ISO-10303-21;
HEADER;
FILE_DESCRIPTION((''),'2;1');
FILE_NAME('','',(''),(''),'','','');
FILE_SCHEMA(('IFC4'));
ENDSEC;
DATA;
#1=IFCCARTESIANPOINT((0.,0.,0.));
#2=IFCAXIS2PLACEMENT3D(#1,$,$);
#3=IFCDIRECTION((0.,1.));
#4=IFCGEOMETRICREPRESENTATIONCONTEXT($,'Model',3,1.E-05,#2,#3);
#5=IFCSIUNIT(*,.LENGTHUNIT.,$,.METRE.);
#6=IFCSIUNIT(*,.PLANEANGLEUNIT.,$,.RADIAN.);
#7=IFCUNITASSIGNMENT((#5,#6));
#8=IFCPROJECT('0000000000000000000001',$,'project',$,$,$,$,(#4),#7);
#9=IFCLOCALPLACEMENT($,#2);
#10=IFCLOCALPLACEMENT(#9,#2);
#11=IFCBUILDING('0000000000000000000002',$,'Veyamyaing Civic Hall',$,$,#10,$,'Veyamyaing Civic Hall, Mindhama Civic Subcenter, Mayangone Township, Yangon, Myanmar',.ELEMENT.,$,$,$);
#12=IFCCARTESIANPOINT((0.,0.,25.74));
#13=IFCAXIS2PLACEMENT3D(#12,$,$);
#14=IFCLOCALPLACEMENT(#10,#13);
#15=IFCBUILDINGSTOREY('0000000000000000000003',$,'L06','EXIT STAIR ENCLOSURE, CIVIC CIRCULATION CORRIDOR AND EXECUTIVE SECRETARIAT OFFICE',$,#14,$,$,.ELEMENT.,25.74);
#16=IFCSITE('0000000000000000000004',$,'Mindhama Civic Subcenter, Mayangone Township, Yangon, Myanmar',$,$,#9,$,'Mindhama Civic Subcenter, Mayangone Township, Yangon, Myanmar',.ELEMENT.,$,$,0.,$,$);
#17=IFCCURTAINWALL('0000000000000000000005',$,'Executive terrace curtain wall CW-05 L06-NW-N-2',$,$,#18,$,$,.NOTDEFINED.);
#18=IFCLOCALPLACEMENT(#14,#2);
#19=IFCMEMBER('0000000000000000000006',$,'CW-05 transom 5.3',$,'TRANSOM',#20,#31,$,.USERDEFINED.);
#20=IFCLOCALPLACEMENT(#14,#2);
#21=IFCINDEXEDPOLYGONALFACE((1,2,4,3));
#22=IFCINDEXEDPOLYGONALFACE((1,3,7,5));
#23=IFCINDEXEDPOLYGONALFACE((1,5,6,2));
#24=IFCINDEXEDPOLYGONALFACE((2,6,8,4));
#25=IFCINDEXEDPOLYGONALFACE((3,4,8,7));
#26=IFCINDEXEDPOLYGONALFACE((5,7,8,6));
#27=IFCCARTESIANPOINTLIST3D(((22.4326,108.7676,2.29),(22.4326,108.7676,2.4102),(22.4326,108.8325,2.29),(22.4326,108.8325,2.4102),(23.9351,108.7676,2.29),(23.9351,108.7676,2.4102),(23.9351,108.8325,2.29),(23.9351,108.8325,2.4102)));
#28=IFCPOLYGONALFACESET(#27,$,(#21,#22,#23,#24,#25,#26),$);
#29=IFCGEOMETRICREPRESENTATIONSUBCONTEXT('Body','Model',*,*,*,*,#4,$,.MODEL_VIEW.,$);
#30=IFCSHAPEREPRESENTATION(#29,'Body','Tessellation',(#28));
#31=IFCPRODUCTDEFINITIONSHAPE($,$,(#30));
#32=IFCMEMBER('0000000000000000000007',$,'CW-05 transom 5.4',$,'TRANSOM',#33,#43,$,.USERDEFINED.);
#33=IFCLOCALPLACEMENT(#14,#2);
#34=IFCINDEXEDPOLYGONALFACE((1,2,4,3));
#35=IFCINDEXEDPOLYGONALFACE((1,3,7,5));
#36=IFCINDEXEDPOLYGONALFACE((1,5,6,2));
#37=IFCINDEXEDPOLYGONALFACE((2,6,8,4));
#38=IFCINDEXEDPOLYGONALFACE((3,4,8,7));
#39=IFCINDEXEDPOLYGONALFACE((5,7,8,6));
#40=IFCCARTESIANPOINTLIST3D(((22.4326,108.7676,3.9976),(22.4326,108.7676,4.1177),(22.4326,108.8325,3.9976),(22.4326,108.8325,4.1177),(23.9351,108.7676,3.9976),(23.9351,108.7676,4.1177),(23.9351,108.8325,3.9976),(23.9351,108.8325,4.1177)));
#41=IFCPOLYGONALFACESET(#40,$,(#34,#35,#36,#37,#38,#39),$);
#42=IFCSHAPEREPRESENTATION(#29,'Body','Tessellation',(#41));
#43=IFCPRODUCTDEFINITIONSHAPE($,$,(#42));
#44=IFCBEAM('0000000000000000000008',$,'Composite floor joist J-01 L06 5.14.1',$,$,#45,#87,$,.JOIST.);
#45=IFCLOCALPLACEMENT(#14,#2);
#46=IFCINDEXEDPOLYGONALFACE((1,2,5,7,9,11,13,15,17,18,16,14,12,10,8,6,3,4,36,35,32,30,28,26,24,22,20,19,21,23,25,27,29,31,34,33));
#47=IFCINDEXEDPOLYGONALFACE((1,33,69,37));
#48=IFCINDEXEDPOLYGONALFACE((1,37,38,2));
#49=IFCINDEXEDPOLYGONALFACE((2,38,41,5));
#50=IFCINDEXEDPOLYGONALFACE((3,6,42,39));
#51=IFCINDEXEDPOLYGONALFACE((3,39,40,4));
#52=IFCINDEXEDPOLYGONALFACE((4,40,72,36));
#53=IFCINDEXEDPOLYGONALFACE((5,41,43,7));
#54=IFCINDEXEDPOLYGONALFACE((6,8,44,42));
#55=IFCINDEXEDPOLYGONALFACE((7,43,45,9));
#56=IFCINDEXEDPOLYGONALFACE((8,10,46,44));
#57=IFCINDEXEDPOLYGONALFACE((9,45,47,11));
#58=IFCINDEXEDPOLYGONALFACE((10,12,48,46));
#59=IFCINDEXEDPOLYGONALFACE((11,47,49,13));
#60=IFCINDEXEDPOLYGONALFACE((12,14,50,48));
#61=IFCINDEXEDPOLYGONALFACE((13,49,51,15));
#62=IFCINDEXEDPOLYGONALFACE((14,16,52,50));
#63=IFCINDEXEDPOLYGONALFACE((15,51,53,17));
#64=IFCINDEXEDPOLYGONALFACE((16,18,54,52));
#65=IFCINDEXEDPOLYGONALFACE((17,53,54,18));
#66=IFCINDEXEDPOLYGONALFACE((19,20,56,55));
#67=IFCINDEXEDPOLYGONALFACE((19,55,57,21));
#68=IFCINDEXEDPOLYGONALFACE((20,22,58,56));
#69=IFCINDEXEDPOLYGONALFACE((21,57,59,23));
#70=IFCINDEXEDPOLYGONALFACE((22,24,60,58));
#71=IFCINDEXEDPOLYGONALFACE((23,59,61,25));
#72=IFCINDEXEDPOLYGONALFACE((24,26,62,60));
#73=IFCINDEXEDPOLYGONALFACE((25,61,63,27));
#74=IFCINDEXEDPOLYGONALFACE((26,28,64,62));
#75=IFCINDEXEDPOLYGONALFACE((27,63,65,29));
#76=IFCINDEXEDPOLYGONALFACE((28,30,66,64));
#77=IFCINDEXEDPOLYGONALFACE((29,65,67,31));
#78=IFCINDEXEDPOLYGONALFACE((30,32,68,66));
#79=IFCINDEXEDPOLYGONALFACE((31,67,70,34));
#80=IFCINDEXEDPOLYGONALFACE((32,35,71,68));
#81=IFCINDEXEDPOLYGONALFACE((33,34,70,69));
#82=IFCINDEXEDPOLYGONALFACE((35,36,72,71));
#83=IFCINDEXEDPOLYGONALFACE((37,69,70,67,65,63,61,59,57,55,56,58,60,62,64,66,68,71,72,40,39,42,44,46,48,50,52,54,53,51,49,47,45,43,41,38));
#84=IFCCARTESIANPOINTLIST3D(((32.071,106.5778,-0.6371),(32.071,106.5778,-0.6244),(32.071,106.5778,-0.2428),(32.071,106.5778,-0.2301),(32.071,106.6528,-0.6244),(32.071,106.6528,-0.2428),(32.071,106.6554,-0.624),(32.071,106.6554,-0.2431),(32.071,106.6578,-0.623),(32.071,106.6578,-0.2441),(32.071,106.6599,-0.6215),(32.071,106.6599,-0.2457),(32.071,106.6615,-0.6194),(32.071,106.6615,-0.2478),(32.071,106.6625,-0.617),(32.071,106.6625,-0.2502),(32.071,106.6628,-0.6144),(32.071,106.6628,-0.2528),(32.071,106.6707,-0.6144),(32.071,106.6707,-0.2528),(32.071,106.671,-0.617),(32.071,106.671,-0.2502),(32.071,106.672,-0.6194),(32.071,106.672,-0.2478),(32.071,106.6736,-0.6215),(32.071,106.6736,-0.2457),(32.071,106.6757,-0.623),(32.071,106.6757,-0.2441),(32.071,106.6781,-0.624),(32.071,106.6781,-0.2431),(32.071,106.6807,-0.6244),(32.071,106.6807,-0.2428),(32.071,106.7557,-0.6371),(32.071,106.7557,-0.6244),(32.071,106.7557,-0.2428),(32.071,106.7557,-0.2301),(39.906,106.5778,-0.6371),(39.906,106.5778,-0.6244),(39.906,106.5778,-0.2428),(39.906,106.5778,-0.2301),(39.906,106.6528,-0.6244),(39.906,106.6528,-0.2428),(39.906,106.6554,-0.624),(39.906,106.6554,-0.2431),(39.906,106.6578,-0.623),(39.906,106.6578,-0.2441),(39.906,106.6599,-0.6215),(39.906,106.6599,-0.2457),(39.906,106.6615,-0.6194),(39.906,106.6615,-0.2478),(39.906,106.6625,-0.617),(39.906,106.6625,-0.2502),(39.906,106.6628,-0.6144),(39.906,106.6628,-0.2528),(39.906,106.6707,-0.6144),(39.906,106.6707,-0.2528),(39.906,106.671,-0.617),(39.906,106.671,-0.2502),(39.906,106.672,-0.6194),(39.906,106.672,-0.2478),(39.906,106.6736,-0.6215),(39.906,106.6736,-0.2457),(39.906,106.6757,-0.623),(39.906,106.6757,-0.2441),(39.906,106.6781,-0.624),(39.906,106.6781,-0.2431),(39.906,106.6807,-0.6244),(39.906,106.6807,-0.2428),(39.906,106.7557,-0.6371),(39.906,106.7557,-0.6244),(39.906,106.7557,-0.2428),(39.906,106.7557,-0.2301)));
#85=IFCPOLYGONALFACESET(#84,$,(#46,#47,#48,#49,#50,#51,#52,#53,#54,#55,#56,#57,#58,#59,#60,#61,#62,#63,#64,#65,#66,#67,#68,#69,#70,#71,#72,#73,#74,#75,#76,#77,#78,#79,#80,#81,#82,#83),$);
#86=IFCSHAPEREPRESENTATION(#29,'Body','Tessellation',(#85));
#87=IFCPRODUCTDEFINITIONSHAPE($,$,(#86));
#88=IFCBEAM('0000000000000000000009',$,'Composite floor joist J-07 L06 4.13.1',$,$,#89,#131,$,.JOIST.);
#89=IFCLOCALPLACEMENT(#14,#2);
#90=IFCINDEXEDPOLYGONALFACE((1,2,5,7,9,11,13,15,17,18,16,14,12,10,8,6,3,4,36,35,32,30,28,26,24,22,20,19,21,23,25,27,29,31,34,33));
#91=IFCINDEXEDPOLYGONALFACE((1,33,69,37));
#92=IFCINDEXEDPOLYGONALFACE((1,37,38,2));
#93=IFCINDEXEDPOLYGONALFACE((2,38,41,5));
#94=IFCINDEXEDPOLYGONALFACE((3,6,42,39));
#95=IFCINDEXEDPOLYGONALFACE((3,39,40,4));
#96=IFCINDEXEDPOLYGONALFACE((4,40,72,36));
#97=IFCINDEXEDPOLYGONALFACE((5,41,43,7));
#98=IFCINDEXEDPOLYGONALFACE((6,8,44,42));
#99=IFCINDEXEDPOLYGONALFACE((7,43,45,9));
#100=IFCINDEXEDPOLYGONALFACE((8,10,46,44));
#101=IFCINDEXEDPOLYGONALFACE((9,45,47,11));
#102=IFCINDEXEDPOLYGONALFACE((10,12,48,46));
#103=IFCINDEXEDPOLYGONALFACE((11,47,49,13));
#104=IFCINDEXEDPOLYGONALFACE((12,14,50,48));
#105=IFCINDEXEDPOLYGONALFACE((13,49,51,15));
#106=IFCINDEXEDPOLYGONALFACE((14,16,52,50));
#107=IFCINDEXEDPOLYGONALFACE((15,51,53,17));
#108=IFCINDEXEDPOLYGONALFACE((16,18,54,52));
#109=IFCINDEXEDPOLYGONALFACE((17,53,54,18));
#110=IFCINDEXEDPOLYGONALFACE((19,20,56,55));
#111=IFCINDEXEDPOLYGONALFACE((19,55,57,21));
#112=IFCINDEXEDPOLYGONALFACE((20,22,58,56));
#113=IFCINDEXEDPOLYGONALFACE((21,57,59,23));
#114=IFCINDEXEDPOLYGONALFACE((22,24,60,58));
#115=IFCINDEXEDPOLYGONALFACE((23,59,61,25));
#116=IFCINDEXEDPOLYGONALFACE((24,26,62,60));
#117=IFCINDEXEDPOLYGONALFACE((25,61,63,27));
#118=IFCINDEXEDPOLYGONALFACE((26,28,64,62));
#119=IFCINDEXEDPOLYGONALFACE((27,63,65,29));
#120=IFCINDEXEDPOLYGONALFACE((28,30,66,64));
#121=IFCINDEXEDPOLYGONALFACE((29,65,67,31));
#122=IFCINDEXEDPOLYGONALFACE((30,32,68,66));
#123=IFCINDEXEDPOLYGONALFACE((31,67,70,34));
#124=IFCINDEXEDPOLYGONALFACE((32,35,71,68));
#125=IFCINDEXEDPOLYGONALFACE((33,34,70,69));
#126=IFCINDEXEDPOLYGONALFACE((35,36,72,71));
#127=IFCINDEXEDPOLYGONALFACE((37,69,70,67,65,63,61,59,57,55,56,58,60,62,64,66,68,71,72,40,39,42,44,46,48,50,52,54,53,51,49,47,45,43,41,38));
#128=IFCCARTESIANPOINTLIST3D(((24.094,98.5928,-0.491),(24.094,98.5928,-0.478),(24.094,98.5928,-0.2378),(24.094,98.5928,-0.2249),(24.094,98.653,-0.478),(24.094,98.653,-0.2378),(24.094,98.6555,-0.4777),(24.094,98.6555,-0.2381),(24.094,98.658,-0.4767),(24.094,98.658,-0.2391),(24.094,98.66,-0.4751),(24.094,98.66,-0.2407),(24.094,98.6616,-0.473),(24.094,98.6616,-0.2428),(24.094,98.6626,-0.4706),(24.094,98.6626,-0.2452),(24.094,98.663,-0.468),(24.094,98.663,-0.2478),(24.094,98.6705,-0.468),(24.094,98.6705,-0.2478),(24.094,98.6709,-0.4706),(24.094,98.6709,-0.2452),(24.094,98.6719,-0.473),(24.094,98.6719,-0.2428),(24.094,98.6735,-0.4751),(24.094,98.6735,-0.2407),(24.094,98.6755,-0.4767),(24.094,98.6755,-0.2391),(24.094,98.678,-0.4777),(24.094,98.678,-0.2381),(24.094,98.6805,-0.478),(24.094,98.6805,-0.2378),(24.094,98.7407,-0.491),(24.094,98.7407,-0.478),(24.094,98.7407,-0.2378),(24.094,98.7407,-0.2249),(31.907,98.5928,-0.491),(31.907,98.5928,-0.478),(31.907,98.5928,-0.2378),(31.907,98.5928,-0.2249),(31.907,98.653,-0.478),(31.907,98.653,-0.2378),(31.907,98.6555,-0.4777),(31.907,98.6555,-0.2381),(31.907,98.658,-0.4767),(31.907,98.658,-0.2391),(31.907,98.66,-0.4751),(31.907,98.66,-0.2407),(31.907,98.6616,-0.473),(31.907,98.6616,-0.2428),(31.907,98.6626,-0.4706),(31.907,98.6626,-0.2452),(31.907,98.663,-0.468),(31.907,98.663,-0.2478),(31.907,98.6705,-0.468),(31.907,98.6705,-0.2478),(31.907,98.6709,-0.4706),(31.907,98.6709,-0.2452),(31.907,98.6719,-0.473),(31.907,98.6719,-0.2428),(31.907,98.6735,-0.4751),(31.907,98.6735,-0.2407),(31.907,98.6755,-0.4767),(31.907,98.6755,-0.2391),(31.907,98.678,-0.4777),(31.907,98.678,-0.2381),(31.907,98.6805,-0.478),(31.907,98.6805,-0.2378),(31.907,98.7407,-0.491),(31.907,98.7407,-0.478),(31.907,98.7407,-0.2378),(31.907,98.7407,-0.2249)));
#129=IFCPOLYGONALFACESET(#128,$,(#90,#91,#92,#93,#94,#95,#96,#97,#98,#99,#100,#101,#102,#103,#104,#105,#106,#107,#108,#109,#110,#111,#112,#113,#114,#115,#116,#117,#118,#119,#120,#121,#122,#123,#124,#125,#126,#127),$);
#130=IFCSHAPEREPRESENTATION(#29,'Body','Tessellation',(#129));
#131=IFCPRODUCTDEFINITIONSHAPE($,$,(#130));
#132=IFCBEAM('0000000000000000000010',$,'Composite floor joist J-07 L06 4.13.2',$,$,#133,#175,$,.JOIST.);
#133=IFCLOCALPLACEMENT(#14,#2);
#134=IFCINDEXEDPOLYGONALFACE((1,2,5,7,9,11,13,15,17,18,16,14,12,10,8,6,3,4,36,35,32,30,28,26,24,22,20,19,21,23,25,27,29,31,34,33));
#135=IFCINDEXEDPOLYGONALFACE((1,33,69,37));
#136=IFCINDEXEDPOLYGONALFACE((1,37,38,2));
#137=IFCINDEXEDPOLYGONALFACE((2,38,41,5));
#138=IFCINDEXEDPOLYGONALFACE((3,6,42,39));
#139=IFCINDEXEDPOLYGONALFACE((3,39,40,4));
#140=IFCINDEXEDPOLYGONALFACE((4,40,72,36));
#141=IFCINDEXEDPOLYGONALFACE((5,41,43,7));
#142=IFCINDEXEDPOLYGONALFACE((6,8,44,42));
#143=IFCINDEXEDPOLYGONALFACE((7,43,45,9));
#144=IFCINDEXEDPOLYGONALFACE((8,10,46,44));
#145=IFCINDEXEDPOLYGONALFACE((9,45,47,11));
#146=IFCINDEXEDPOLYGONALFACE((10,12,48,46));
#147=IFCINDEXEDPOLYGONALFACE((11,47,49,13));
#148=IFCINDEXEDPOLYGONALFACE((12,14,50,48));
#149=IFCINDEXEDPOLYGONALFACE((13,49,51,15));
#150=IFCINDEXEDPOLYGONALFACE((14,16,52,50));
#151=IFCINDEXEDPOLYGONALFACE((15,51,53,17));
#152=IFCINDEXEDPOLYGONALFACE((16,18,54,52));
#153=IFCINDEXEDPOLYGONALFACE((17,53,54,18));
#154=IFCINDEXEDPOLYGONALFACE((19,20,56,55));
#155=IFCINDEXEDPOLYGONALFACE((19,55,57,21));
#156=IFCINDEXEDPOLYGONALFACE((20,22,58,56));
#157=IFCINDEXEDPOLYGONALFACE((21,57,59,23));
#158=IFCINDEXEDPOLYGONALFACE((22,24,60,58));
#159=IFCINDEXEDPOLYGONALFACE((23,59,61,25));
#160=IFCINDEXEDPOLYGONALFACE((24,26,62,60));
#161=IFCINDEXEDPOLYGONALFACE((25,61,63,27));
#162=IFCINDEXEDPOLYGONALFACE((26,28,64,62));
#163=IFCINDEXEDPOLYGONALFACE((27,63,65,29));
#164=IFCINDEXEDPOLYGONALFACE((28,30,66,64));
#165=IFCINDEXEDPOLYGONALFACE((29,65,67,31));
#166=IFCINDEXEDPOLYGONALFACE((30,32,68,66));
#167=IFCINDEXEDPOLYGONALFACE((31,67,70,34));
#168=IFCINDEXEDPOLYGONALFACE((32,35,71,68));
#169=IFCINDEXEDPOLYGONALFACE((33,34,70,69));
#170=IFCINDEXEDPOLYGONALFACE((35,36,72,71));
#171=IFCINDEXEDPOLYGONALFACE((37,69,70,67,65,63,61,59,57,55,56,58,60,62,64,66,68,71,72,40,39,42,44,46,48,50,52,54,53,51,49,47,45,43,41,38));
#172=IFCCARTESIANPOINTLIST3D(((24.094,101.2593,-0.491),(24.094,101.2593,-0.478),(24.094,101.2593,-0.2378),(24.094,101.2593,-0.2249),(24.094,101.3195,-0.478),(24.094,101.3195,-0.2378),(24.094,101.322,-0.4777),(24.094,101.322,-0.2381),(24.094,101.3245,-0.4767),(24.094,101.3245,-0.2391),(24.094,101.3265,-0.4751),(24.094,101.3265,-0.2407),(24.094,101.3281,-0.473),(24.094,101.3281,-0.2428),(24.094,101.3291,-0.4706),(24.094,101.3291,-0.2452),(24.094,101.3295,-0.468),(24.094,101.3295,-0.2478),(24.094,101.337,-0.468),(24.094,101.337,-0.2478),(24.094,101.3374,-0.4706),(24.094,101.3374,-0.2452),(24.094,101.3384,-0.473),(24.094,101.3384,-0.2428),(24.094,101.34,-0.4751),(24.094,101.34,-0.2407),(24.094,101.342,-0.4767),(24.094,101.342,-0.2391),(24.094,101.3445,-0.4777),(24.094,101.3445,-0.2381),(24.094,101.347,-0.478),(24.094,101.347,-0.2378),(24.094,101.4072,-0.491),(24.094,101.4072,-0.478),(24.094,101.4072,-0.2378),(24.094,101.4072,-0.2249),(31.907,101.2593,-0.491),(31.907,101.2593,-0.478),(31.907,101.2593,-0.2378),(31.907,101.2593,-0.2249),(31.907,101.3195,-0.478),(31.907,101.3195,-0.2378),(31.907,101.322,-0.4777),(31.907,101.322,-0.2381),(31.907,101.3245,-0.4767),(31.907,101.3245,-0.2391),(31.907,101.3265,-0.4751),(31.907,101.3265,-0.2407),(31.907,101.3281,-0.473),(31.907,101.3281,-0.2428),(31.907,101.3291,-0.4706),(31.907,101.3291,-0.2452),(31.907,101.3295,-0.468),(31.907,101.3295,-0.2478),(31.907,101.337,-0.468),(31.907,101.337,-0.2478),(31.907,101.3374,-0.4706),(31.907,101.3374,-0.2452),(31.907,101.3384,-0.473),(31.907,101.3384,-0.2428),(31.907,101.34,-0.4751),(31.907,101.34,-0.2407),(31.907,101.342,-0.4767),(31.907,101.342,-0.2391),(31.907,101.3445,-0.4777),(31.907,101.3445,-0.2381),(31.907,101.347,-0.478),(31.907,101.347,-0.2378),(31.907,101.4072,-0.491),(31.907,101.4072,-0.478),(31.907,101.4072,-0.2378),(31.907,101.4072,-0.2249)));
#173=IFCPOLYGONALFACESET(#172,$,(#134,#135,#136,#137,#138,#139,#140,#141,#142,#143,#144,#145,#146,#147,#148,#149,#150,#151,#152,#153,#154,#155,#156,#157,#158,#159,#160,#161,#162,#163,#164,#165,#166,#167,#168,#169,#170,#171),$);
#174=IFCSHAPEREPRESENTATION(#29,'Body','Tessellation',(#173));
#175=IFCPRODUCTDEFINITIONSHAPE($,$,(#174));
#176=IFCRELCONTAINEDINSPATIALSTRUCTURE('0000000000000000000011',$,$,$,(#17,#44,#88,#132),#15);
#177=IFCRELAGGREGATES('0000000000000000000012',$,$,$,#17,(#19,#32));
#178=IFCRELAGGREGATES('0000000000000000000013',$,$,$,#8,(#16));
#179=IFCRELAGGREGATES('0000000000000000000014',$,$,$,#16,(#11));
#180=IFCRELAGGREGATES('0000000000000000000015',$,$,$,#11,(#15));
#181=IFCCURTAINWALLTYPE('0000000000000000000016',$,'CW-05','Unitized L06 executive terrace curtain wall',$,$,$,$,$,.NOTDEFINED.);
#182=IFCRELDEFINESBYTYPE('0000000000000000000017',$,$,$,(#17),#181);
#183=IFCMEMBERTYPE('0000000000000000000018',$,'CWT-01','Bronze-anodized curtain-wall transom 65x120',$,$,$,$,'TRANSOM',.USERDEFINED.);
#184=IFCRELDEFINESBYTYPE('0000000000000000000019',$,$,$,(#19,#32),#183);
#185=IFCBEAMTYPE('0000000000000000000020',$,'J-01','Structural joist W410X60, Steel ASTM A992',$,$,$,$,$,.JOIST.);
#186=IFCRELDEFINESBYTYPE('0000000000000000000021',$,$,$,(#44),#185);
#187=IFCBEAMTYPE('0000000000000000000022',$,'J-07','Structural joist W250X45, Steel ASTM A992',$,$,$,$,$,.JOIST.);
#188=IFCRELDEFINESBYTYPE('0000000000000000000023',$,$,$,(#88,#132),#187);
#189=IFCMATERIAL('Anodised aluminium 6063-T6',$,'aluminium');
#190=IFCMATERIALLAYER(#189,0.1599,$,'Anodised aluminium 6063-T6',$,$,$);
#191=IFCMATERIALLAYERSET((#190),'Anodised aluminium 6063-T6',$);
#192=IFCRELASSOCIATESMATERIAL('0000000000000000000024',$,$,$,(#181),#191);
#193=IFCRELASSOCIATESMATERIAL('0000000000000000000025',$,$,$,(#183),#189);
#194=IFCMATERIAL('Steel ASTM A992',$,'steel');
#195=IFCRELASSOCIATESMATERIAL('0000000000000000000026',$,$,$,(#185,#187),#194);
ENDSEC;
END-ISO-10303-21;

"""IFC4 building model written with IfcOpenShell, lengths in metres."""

from ifc_helpers import new_model, si_unit, direction, frame, origin, origin_2d, place, context, subcontext, project, spatial, rectangle, i_section, extrude, material, layer, layer_set, material_profile, profile_set, type_object, element, aggregate, save


model = new_model("IFC4")

# Units and contexts
model_context = context("Model", 3, precision=1e-05, world=origin(), true_north=direction((0.0, 1.0)))
body_context = subcontext(model_context, "Body", "Model", "MODEL_VIEW")
ifc_project = project(units=[si_unit("LENGTHUNIT", "METRE"), si_unit("PLANEANGLEUNIT", "RADIAN")], contexts=[model_context])

# Site, building, storey
site_placement = place(None, origin())
site = spatial("IfcSite", under=ifc_project, at=site_placement, Name="Mindhama Civic Subcenter, Mayangone Township, Yangon, Myanmar", LongName="Mindhama Civic Subcenter, Mayangone Township, Yangon, Myanmar", CompositionType="ELEMENT", RefElevation=0.0)
building_placement = place(site_placement, origin())
building = spatial("IfcBuilding", under=site, at=building_placement, Name="Veyamyaing Civic Hall", LongName="Veyamyaing Civic Hall, Mindhama Civic Subcenter, Mayangone Township, Yangon, Myanmar", CompositionType="ELEMENT")
storey_placement = place(building_placement, frame((0.0, 0.0, 25.74)))
storey = spatial("IfcBuildingStorey", under=building, at=storey_placement, Name="L06", Description="EXIT STAIR ENCLOSURE, CIVIC CIRCULATION CORRIDOR AND EXECUTIVE SECRETARIAT OFFICE", CompositionType="ELEMENT", Elevation=25.74)

# Shared definitions
ifc_material_1 = material(Name="Steel ASTM A992", Category="steel")

# Curtain wall, members
ifc_material_2 = material(Name="Anodised aluminium 6063-T6", Category="aluminium")
ifc_layer_1 = layer(ifc_material_2, 0.1599, Name="Anodised aluminium 6063-T6")
ifc_layer_set_1 = layer_set([ifc_layer_1], Name="Anodised aluminium 6063-T6")
curtain_wall_type = type_object("IfcCurtainWallType", Name="CW-05", Description="Unitized L06 executive terrace curtain wall", PredefinedType="NOTDEFINED", material=ifc_layer_set_1)
curtain_wall_placement = place(storey_placement, origin())
curtain_wall = element("IfcCurtainWall", 1, at=curtain_wall_placement, inside=storey, type_object=curtain_wall_type, Name="Executive terrace curtain wall CW-05 L06-NW-N-2", PredefinedType="NOTDEFINED")
ifc_material_profile_1 = material_profile(ifc_material_2, rectangle(XDim=0.0649, YDim=0.1201, at=origin_2d()), Name="ALU-TRN-65X120")
ifc_profile_set_1 = profile_set([ifc_material_profile_1], Name="Anodised aluminium 6063-T6")
member_type_1 = type_object("IfcMemberType", Name="CWT-01", Description="Bronze-anodized curtain-wall transom 65x120", ElementType="TRANSOM", PredefinedType="USERDEFINED", material=ifc_profile_set_1)
member_1_placement = place(storey_placement, frame((22.4326, 108.8, 2.3501), z_axis=(1.0, 0.0, 0.0), x_axis=(0.0, 1.0, 0.0)))
member_1 = element("IfcMember", 2, at=member_1_placement, type_object=member_type_1, Name="CW-05 transom 5.3", ObjectType="TRANSOM", PredefinedType="USERDEFINED", context=body_context, shape_type="SweptSolid", body=[
    extrude(rectangle(XDim=0.0649, YDim=0.1201, at=origin_2d()), origin(), (0.0, 0.0, 1.0), 1.5024),
])
member_2_placement = place(storey_placement, frame((22.4326, 108.8, 4.0576), z_axis=(1.0, 0.0, 0.0), x_axis=(0.0, 1.0, 0.0)))
member_2 = element("IfcMember", 3, at=member_2_placement, type_object=member_type_1, Name="CW-05 transom 5.4", ObjectType="TRANSOM", PredefinedType="USERDEFINED", context=body_context, shape_type="SweptSolid", body=[
    extrude(rectangle(XDim=0.0649, YDim=0.1201, at=origin_2d()), origin(), (0.0, 0.0, 1.0), 1.5024),
])

# Beams
ifc_material_profile_2 = material_profile(ifc_material_1, i_section(OverallWidth=0.178, OverallDepth=0.407, WebThickness=0.0078, FlangeThickness=0.0127, FilletRadius=0.01, at=origin_2d()), Name="W410X60")
ifc_profile_set_2 = profile_set([ifc_material_profile_2], Name="Steel ASTM A992")
beam_type_1 = type_object("IfcBeamType", Name="J-01", Description="Structural joist W410X60, Steel ASTM A992", PredefinedType="JOIST", material=ifc_profile_set_2)
beam_1_placement = place(storey_placement, frame((32.071, 106.6667, -0.4336), z_axis=(1.0, 0.0, 0.0), x_axis=(0.0, 1.0, 0.0)))
element("IfcBeam", 4, at=beam_1_placement, inside=storey, type_object=beam_type_1, Name="Composite floor joist J-01 L06 5.14.1", PredefinedType="JOIST", context=body_context, shape_type="SweptSolid", body=[
    extrude(i_section(OverallWidth=0.178, OverallDepth=0.407, WebThickness=0.0078, FlangeThickness=0.0127, FilletRadius=0.01, at=origin_2d()), origin(), (0.0, 0.0, 1.0), 7.835),
])
ifc_material_profile_3 = material_profile(ifc_material_1, i_section(OverallWidth=0.1479, OverallDepth=0.2661, WebThickness=0.0076, FlangeThickness=0.0129, FilletRadius=0.01, at=origin_2d()), Name="W250X45")
ifc_profile_set_3 = profile_set([ifc_material_profile_3], Name="Steel ASTM A992")
beam_type_2 = type_object("IfcBeamType", Name="J-07", Description="Structural joist W250X45, Steel ASTM A992", PredefinedType="JOIST", material=ifc_profile_set_3)
for number, where, z_axis, x_axis, name in (
    (5, (24.094, 98.6667, -0.3579), (1.0, 0.0, 0.0), (0.0, 1.0, 0.0), "Composite floor joist J-07 L06 4.13.1"),
    (6, (24.094, 101.3333, -0.3579), (1.0, 0.0, 0.0), (0.0, 1.0, 0.0), "Composite floor joist J-07 L06 4.13.2"),
):
    element("IfcBeam", number, at=place(storey_placement, frame(where, z_axis=z_axis, x_axis=x_axis)), inside=storey, type_object=beam_type_2, Name=name, PredefinedType="JOIST", context=body_context, shape_type="SweptSolid", body=[
        extrude(i_section(OverallWidth=0.1479, OverallDepth=0.2661, WebThickness=0.0076, FlangeThickness=0.0129, FilletRadius=0.01, at=origin_2d()), origin(), (0.0, 0.0, 1.0), 7.813),
    ])

aggregate(curtain_wall, [member_1, member_2])

save(model, "model.ifc")
